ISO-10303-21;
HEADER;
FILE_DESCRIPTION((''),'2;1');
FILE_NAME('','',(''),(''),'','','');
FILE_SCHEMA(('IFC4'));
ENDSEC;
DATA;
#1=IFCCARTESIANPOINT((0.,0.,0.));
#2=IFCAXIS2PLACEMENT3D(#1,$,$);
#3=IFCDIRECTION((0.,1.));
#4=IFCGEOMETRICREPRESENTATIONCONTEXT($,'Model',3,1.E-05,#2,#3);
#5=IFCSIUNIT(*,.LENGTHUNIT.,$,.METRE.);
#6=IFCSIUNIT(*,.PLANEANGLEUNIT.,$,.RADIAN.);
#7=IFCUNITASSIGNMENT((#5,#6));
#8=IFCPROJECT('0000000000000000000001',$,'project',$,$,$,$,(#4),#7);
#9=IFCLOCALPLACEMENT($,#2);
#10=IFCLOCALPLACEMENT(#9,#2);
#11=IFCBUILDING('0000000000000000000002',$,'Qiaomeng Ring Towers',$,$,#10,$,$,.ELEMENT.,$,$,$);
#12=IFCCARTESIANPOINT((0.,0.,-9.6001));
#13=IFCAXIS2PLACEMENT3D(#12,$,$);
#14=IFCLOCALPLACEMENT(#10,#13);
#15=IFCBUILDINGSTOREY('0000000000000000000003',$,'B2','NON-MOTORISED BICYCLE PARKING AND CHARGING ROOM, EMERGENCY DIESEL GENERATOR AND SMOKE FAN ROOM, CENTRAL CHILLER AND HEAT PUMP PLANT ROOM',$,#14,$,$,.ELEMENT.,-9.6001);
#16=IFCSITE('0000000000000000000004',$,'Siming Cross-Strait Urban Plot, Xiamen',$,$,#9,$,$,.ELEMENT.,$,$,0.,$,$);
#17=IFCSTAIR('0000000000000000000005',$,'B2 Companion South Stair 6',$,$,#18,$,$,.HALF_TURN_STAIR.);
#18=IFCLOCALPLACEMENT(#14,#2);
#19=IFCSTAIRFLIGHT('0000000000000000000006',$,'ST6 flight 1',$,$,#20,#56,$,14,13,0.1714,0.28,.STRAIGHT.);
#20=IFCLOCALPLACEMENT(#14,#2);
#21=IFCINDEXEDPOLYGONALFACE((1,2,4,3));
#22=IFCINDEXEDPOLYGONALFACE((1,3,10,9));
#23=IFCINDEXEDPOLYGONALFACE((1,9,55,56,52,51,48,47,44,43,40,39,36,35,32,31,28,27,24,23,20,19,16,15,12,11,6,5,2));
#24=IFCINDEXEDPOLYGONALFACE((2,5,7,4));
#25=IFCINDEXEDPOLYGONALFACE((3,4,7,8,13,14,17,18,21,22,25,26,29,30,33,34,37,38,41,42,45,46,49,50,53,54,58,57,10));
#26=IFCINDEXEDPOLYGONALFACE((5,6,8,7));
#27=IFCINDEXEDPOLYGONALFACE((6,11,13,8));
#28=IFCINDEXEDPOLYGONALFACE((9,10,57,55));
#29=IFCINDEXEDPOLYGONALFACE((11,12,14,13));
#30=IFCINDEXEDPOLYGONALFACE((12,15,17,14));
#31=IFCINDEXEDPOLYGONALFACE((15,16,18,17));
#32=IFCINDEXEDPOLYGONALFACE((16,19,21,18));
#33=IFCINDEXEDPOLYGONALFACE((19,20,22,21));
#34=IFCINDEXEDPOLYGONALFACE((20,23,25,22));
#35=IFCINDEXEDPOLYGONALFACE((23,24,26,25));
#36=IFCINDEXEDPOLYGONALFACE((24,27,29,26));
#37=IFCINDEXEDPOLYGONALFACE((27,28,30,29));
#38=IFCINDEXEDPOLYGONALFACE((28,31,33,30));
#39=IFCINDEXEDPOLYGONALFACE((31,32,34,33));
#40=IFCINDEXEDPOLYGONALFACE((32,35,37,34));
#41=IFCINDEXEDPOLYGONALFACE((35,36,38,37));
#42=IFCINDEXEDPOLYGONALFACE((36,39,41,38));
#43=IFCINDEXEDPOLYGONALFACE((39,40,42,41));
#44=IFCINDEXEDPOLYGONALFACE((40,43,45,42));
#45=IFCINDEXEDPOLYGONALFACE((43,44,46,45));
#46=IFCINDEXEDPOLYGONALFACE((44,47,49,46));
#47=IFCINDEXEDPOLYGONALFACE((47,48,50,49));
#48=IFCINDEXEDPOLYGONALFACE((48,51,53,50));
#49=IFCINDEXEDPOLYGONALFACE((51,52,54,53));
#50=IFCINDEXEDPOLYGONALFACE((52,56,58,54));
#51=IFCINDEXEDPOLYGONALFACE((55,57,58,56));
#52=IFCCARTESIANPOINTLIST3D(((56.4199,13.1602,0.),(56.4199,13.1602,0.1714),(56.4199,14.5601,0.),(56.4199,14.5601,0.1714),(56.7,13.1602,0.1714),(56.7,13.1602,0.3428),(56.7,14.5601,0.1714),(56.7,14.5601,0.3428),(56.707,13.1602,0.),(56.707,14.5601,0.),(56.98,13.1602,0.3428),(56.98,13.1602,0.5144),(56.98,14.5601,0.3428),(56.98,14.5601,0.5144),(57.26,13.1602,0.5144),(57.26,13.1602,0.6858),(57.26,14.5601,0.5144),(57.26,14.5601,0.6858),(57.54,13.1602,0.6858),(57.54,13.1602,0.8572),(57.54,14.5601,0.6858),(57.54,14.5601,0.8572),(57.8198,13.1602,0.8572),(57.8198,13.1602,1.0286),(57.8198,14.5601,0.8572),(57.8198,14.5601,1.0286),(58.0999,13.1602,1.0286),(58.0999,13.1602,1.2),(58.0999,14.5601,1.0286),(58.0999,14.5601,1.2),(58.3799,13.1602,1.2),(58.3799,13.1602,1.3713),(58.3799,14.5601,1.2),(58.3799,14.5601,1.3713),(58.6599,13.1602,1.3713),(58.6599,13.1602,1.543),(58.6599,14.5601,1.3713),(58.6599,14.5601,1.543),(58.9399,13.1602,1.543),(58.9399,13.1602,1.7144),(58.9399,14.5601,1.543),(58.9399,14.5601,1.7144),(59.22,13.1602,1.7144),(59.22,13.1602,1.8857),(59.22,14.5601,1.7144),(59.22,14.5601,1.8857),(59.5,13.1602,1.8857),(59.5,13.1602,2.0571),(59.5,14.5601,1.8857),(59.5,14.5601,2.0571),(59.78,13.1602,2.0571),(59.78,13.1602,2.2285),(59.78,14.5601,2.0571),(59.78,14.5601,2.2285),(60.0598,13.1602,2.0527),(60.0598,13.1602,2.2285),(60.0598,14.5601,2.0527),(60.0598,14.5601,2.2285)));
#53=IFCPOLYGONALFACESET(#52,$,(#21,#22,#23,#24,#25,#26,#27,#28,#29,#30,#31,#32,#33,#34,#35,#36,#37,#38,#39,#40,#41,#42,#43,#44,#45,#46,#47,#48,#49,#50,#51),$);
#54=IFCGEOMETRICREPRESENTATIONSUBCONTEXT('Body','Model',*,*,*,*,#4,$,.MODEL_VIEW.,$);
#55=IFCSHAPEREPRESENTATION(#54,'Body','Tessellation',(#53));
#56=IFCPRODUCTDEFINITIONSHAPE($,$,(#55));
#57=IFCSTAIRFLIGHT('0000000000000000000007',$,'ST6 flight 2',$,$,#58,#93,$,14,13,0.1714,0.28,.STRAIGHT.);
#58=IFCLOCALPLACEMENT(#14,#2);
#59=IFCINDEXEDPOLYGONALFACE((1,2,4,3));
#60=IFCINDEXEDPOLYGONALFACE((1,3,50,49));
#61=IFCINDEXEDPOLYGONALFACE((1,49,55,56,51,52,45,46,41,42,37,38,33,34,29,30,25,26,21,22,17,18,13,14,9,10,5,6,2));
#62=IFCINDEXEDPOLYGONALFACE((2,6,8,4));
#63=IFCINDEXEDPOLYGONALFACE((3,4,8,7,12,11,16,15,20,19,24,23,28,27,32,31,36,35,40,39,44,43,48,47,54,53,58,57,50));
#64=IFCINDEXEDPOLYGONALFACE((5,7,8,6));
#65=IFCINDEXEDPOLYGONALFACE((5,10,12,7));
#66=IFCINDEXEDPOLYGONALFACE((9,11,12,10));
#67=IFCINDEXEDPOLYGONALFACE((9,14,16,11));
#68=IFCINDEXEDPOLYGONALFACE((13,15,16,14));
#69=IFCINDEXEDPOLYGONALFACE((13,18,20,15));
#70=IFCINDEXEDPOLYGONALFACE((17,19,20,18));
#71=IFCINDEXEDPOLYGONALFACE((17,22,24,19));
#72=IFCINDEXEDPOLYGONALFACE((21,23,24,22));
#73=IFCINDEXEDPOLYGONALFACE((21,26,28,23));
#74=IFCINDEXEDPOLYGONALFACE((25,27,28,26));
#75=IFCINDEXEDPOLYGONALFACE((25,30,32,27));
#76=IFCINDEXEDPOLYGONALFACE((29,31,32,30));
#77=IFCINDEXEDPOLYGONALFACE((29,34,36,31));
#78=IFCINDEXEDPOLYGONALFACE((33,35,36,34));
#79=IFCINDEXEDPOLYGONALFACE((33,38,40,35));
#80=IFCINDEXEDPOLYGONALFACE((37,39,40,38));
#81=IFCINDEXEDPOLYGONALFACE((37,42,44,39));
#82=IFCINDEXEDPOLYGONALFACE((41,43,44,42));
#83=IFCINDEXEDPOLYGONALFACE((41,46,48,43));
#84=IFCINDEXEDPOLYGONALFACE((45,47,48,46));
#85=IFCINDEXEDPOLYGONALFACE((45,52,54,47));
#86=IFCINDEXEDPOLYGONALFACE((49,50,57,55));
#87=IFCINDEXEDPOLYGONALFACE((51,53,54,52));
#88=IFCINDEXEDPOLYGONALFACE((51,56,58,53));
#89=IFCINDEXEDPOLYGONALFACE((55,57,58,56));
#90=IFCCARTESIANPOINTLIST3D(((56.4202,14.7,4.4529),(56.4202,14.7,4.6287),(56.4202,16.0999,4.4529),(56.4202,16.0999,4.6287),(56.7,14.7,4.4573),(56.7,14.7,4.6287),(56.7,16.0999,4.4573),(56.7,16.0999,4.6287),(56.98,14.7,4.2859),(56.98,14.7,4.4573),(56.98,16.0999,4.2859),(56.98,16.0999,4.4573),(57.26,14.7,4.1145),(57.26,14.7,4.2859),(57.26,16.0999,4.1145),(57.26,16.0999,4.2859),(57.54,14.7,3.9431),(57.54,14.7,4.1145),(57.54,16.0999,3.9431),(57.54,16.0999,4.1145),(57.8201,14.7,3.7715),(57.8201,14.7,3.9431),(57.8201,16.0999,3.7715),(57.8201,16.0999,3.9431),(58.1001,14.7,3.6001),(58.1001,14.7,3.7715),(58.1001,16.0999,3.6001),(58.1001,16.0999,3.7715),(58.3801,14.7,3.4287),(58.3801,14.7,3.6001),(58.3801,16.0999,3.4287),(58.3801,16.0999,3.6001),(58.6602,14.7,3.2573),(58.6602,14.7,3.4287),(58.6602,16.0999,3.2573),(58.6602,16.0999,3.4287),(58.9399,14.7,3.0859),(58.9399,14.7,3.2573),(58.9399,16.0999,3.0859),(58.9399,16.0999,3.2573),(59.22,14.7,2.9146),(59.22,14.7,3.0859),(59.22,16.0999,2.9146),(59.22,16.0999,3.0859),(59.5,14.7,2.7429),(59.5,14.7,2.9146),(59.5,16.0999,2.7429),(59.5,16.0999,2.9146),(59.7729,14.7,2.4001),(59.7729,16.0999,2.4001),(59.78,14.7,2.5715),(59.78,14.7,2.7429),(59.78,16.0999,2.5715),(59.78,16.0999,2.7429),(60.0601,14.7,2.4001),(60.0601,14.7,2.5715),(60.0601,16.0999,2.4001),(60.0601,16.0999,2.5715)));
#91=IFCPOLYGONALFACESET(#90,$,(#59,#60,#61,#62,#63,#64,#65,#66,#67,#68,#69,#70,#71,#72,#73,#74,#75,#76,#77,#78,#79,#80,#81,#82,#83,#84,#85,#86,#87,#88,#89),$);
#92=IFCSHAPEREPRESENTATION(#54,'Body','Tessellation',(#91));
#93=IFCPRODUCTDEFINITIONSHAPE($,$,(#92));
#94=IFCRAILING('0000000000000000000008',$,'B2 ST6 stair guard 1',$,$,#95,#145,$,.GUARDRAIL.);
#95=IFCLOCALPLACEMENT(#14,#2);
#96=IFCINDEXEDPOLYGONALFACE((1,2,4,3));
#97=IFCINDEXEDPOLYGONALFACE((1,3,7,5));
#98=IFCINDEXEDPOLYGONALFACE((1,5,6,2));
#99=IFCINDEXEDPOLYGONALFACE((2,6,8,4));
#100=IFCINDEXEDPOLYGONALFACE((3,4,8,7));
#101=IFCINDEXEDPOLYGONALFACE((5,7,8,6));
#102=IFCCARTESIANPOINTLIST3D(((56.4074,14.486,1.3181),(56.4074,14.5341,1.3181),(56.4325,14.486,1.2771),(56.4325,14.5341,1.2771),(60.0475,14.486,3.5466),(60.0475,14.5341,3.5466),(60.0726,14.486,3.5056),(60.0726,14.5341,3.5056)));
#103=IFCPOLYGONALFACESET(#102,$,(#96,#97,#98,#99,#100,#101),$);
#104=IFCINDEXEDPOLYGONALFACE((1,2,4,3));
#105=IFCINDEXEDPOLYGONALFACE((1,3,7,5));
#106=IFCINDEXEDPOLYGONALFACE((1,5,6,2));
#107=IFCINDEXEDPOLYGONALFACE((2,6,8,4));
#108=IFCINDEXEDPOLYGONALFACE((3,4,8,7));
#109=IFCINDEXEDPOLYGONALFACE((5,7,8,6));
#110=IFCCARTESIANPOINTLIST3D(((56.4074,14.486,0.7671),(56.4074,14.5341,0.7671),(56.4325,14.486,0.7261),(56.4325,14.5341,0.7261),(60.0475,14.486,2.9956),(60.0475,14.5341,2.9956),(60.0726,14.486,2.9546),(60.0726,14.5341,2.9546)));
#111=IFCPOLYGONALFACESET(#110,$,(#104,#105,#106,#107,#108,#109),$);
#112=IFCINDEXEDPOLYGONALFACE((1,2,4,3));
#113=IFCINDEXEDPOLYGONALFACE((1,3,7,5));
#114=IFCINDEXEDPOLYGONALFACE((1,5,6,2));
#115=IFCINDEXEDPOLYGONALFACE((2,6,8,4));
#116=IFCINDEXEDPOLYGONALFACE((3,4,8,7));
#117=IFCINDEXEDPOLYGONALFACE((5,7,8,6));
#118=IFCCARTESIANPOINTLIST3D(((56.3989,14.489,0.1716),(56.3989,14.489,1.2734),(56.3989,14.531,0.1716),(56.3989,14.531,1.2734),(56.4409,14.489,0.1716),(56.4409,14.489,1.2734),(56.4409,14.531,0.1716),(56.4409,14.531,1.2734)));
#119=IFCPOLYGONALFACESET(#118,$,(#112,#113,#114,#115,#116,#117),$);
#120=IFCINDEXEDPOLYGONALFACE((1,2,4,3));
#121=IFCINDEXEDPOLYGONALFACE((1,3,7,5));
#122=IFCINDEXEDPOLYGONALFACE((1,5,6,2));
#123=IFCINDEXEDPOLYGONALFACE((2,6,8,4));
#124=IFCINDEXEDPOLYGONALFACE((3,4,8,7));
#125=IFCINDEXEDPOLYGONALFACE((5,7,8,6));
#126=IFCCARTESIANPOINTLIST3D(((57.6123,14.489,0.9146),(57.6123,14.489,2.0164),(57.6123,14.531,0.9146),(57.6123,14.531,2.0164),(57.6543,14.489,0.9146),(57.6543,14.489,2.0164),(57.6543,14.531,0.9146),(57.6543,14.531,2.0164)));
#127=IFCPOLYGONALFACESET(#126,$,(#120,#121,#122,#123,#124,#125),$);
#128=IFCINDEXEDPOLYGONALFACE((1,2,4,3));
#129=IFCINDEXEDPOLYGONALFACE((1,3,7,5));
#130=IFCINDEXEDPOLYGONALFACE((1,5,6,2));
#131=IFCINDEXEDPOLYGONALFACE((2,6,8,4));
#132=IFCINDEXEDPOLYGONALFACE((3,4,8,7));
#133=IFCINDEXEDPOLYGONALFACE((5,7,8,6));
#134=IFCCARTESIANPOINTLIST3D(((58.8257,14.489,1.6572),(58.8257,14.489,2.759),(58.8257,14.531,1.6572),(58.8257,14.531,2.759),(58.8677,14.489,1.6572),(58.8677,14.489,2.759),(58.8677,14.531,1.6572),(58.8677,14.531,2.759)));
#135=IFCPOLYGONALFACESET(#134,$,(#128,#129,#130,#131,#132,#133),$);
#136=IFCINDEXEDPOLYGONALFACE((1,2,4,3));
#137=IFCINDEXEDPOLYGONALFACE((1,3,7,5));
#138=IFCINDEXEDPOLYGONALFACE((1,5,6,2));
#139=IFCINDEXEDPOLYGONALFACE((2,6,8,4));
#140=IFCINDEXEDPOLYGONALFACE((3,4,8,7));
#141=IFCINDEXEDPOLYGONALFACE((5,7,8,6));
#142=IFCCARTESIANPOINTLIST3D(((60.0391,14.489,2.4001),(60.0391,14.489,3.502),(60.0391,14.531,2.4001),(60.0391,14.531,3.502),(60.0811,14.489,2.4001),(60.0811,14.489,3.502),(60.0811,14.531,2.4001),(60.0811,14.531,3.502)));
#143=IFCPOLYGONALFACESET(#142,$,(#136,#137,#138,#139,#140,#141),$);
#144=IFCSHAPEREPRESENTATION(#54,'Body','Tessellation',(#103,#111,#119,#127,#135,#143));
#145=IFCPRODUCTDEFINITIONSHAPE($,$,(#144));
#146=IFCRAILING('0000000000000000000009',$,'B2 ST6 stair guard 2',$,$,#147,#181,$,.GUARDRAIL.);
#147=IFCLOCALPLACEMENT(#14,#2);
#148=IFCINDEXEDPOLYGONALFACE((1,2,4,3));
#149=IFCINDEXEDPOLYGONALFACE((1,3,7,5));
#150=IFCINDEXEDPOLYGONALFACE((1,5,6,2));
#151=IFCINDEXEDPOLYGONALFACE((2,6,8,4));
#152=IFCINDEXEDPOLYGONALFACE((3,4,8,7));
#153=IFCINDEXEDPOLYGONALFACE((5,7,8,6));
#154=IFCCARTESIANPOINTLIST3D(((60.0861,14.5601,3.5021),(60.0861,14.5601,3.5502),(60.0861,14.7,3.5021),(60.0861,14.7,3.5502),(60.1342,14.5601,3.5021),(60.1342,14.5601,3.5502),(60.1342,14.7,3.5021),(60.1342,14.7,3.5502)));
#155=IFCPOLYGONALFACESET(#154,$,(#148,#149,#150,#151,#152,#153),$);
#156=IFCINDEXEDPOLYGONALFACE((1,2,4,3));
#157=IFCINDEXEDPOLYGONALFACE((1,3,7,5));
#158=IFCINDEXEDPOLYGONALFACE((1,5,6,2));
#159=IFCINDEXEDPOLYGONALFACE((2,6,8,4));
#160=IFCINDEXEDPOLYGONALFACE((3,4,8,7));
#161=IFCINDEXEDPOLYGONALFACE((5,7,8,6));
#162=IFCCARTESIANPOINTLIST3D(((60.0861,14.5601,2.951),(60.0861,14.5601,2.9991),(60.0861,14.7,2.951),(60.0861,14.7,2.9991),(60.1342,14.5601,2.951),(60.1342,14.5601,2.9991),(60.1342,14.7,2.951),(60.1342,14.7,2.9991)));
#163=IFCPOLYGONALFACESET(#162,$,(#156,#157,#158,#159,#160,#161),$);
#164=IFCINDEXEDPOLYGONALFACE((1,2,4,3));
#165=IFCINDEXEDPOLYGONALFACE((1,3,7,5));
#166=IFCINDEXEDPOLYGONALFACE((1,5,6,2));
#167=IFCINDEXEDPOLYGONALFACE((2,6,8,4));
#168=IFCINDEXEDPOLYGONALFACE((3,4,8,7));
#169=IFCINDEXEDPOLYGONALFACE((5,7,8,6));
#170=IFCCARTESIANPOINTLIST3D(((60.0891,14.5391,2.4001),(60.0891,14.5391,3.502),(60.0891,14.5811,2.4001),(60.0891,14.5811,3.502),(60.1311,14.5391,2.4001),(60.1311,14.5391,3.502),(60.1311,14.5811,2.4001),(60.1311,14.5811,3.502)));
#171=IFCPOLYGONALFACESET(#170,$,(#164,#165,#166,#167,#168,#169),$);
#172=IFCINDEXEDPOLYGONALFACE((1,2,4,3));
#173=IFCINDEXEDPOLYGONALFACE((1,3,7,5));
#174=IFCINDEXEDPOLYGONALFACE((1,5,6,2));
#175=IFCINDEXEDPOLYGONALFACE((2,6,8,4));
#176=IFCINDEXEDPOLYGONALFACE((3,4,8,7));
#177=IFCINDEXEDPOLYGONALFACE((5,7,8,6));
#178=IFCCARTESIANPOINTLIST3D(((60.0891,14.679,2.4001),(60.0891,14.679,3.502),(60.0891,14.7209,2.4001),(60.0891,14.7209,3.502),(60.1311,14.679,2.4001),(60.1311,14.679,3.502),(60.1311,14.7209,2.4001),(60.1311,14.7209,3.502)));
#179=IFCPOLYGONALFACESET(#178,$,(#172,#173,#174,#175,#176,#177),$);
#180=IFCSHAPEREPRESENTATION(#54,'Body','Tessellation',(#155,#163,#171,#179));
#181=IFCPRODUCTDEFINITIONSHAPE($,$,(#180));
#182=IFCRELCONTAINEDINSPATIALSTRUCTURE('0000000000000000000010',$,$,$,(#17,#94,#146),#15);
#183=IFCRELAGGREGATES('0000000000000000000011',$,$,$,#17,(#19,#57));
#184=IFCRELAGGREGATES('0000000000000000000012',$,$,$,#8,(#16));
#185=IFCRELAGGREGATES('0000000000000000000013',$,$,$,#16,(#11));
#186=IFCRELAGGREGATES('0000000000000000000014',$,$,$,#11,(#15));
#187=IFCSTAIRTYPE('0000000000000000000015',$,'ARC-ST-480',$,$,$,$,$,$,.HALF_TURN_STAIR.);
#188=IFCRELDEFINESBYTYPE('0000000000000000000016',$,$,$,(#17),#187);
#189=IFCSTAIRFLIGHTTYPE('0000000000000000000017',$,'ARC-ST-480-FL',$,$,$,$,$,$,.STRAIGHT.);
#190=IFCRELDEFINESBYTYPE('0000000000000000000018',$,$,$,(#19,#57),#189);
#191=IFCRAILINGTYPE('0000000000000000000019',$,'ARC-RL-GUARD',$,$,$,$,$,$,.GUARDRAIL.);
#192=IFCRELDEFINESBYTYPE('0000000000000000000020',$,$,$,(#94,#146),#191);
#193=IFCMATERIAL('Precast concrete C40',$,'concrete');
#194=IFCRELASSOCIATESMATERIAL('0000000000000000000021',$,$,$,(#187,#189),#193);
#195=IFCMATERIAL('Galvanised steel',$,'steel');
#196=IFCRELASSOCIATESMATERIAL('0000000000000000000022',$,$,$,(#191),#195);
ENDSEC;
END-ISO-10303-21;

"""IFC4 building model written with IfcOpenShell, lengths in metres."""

from ifc_helpers import new_model, si_unit, direction, frame, origin, origin_2d, place, context, subcontext, project, spatial, polyline, rectangle, outline, extrude, source, transform, mapped, material, type_object, element, aggregate, save


model = new_model("IFC4")

# Units and contexts
model_context = context("Model", 3, precision=1e-05, world=origin(), true_north=direction((0.0, 1.0)))
body_context = subcontext(model_context, "Body", "Model", "MODEL_VIEW")
ifc_project = project(units=[si_unit("LENGTHUNIT", "METRE"), si_unit("PLANEANGLEUNIT", "RADIAN")], contexts=[model_context])

# Site, building, storey
site_placement = place(None, origin())
site = spatial("IfcSite", under=ifc_project, at=site_placement, Name="Siming Cross-Strait Urban Plot, Xiamen", CompositionType="ELEMENT", RefElevation=0.0)
building_placement = place(site_placement, origin())
building = spatial("IfcBuilding", under=site, at=building_placement, Name="Qiaomeng Ring Towers", CompositionType="ELEMENT")
storey_placement = place(building_placement, frame((0.0, 0.0, -9.6001)))
storey = spatial("IfcBuildingStorey", under=building, at=storey_placement, Name="B2", Description="NON-MOTORISED BICYCLE PARKING AND CHARGING ROOM, EMERGENCY DIESEL GENERATOR AND SMOKE FAN ROOM, CENTRAL CHILLER AND HEAT PUMP PLANT ROOM", CompositionType="ELEMENT", Elevation=-9.6001)

# Shared definitions
ifc_material_1 = material(Name="Galvanised steel", Category="steel")

# Stair, stair flights
ifc_material_2 = material(Name="Precast concrete C40", Category="concrete")
stair_type = type_object("IfcStairType", Name="ARC-ST-480", PredefinedType="HALF_TURN_STAIR", material=ifc_material_2)
stair_placement = place(storey_placement, origin())
stair = element("IfcStair", 1, at=stair_placement, inside=storey, type_object=stair_type, Name="B2 Companion South Stair 6", PredefinedType="HALF_TURN_STAIR")
stair_flight_type = type_object("IfcStairFlightType", Name="ARC-ST-480-FL", PredefinedType="STRAIGHT", material=ifc_material_2)
shared_shape_1 = source(origin(), body_context, "Body", "SweptSolid", [
    extrude(outline(polyline([(0.0, 0.0), (0.0, 0.1714), (0.28, 0.1714), (0.28, 0.3428), (0.5601, 0.3428), (0.5601, 0.5144), (0.8401, 0.5144), (0.8401, 0.6858), (1.1201, 0.6858), (1.1201, 0.8572), (1.3999, 0.8572), (1.3999, 1.0286), (1.6799, 1.0286), (1.6799, 1.2), (1.96, 1.2), (1.96, 1.3713), (2.24, 1.3713), (2.24, 1.543), (2.52, 1.543), (2.52, 1.7144), (2.8, 1.7144), (2.8, 1.8857), (3.0801, 1.8857), (3.0801, 2.0571), (3.3601, 2.0571), (3.3601, 2.2285), (3.6399, 2.2285), (3.6399, 2.3999), (3.6399, 2.0527), (0.2871, 0.0), (0.0, 0.0)])), frame((0.0, 0.7, 0.0), z_axis=(0.0, -1.0, 0.0), x_axis=(1.0, 0.0, 0.0)), (0.0, 0.0, 1.0), 1.3999),
])
stair_flight_1_placement = place(storey_placement, frame((56.4199, 13.8601, 0.0), z_axis=(0.0, 0.0, 1.0), x_axis=(1.0, 0.0, 0.0)))
stair_flight_1 = element("IfcStairFlight", 2, at=stair_flight_1_placement, type_object=stair_flight_type, Name="ST6 flight 1", NumberOfRisers=14, NumberOfTreads=13, PredefinedType="STRAIGHT", RiserHeight=0.1714, TreadLength=0.28, context=body_context, shape_type="MappedRepresentation", body=[
    mapped(shared_shape_1, transform((0.0, 0.0, 0.0), x_axis=(1.0, 0.0, 0.0), y_axis=(0.0, 1.0, 0.0), z_axis=(0.0, 0.0, 1.0), scale=1.0)),
])
stair_flight_2_placement = place(storey_placement, frame((60.0601, 15.3999, 2.4001), z_axis=(0.0, 0.0, 1.0), x_axis=(-1.0, 0.0, 0.0)))
stair_flight_2 = element("IfcStairFlight", 3, at=stair_flight_2_placement, type_object=stair_flight_type, Name="ST6 flight 2", NumberOfRisers=14, NumberOfTreads=13, PredefinedType="STRAIGHT", RiserHeight=0.1714, TreadLength=0.28, context=body_context, shape_type="MappedRepresentation", body=[
    mapped(shared_shape_1, transform((0.0, 0.0, 0.0), x_axis=(1.0, 0.0, 0.0), y_axis=(0.0, 1.0, 0.0), z_axis=(0.0, 0.0, 1.0), scale=1.0)),
])
aggregate(stair, [stair_flight_1, stair_flight_2])

# Railings
railing_type_1 = type_object("IfcRailingType", Name="ARC-RL-GUARD", PredefinedType="GUARDRAIL", material=ifc_material_1)
railing_1_placement = place(storey_placement, frame((56.4199, 14.51, 0.1716)))
element("IfcRailing", 4, at=railing_1_placement, inside=storey, type_object=railing_type_1, Name="B2 ST6 stair guard 1", PredefinedType="GUARDRAIL", context=body_context, shape_type="SweptSolid", body=[
    extrude(rectangle(XDim=0.0481, YDim=0.0481, at=origin_2d()), frame((0.0, 0.0, 1.126), z_axis=(0.852866, 0.0, 0.52213), x_axis=(0.0, 1.0, 0.0)), (0.0, 0.0, 1.0), 4.2681),
    extrude(rectangle(XDim=0.0481, YDim=0.0481, at=origin_2d()), frame((0.0, 0.0, 0.575), z_axis=(0.852866, 0.0, 0.52213), x_axis=(0.0, 1.0, 0.0)), (0.0, 0.0, 1.0), 4.2681),
    extrude(rectangle(XDim=0.042, YDim=0.042, at=origin_2d()), origin(), (0.0, 0.0, 1.0), 1.1018),
    extrude(rectangle(XDim=0.042, YDim=0.042, at=origin_2d()), frame((1.2134, 0.0, 0.7429)), (0.0, 0.0, 1.0), 1.1018),
    extrude(rectangle(XDim=0.042, YDim=0.042, at=origin_2d()), frame((2.4268, 0.0, 1.4856)), (0.0, 0.0, 1.0), 1.1018),
    extrude(rectangle(XDim=0.042, YDim=0.042, at=origin_2d()), frame((3.6401, 0.0, 2.2285)), (0.0, 0.0, 1.0), 1.1018),
])
railing_2_placement = place(storey_placement, frame((60.1101, 14.5601, 2.4001)))
element("IfcRailing", 5, at=railing_2_placement, inside=storey, type_object=railing_type_1, Name="B2 ST6 stair guard 2", PredefinedType="GUARDRAIL", context=body_context, shape_type="SweptSolid", body=[
    extrude(rectangle(XDim=0.0481, YDim=0.0481, at=origin_2d()), frame((0.0, 0.0, 1.126), z_axis=(0.0, 1.0, 0.0), x_axis=(-1.0, 0.0, 0.0)), (0.0, 0.0, 1.0), 0.1399),
    extrude(rectangle(XDim=0.0481, YDim=0.0481, at=origin_2d()), frame((0.0, 0.0, 0.575), z_axis=(0.0, 1.0, 0.0), x_axis=(-1.0, 0.0, 0.0)), (0.0, 0.0, 1.0), 0.1399),
    extrude(rectangle(XDim=0.042, YDim=0.042, at=origin_2d()), origin(), (0.0, 0.0, 1.0), 1.1018),
    extrude(rectangle(XDim=0.042, YDim=0.042, at=origin_2d()), frame((0.0, 0.1399, 0.0)), (0.0, 0.0, 1.0), 1.1018),
])

save(model, "model.ifc")
